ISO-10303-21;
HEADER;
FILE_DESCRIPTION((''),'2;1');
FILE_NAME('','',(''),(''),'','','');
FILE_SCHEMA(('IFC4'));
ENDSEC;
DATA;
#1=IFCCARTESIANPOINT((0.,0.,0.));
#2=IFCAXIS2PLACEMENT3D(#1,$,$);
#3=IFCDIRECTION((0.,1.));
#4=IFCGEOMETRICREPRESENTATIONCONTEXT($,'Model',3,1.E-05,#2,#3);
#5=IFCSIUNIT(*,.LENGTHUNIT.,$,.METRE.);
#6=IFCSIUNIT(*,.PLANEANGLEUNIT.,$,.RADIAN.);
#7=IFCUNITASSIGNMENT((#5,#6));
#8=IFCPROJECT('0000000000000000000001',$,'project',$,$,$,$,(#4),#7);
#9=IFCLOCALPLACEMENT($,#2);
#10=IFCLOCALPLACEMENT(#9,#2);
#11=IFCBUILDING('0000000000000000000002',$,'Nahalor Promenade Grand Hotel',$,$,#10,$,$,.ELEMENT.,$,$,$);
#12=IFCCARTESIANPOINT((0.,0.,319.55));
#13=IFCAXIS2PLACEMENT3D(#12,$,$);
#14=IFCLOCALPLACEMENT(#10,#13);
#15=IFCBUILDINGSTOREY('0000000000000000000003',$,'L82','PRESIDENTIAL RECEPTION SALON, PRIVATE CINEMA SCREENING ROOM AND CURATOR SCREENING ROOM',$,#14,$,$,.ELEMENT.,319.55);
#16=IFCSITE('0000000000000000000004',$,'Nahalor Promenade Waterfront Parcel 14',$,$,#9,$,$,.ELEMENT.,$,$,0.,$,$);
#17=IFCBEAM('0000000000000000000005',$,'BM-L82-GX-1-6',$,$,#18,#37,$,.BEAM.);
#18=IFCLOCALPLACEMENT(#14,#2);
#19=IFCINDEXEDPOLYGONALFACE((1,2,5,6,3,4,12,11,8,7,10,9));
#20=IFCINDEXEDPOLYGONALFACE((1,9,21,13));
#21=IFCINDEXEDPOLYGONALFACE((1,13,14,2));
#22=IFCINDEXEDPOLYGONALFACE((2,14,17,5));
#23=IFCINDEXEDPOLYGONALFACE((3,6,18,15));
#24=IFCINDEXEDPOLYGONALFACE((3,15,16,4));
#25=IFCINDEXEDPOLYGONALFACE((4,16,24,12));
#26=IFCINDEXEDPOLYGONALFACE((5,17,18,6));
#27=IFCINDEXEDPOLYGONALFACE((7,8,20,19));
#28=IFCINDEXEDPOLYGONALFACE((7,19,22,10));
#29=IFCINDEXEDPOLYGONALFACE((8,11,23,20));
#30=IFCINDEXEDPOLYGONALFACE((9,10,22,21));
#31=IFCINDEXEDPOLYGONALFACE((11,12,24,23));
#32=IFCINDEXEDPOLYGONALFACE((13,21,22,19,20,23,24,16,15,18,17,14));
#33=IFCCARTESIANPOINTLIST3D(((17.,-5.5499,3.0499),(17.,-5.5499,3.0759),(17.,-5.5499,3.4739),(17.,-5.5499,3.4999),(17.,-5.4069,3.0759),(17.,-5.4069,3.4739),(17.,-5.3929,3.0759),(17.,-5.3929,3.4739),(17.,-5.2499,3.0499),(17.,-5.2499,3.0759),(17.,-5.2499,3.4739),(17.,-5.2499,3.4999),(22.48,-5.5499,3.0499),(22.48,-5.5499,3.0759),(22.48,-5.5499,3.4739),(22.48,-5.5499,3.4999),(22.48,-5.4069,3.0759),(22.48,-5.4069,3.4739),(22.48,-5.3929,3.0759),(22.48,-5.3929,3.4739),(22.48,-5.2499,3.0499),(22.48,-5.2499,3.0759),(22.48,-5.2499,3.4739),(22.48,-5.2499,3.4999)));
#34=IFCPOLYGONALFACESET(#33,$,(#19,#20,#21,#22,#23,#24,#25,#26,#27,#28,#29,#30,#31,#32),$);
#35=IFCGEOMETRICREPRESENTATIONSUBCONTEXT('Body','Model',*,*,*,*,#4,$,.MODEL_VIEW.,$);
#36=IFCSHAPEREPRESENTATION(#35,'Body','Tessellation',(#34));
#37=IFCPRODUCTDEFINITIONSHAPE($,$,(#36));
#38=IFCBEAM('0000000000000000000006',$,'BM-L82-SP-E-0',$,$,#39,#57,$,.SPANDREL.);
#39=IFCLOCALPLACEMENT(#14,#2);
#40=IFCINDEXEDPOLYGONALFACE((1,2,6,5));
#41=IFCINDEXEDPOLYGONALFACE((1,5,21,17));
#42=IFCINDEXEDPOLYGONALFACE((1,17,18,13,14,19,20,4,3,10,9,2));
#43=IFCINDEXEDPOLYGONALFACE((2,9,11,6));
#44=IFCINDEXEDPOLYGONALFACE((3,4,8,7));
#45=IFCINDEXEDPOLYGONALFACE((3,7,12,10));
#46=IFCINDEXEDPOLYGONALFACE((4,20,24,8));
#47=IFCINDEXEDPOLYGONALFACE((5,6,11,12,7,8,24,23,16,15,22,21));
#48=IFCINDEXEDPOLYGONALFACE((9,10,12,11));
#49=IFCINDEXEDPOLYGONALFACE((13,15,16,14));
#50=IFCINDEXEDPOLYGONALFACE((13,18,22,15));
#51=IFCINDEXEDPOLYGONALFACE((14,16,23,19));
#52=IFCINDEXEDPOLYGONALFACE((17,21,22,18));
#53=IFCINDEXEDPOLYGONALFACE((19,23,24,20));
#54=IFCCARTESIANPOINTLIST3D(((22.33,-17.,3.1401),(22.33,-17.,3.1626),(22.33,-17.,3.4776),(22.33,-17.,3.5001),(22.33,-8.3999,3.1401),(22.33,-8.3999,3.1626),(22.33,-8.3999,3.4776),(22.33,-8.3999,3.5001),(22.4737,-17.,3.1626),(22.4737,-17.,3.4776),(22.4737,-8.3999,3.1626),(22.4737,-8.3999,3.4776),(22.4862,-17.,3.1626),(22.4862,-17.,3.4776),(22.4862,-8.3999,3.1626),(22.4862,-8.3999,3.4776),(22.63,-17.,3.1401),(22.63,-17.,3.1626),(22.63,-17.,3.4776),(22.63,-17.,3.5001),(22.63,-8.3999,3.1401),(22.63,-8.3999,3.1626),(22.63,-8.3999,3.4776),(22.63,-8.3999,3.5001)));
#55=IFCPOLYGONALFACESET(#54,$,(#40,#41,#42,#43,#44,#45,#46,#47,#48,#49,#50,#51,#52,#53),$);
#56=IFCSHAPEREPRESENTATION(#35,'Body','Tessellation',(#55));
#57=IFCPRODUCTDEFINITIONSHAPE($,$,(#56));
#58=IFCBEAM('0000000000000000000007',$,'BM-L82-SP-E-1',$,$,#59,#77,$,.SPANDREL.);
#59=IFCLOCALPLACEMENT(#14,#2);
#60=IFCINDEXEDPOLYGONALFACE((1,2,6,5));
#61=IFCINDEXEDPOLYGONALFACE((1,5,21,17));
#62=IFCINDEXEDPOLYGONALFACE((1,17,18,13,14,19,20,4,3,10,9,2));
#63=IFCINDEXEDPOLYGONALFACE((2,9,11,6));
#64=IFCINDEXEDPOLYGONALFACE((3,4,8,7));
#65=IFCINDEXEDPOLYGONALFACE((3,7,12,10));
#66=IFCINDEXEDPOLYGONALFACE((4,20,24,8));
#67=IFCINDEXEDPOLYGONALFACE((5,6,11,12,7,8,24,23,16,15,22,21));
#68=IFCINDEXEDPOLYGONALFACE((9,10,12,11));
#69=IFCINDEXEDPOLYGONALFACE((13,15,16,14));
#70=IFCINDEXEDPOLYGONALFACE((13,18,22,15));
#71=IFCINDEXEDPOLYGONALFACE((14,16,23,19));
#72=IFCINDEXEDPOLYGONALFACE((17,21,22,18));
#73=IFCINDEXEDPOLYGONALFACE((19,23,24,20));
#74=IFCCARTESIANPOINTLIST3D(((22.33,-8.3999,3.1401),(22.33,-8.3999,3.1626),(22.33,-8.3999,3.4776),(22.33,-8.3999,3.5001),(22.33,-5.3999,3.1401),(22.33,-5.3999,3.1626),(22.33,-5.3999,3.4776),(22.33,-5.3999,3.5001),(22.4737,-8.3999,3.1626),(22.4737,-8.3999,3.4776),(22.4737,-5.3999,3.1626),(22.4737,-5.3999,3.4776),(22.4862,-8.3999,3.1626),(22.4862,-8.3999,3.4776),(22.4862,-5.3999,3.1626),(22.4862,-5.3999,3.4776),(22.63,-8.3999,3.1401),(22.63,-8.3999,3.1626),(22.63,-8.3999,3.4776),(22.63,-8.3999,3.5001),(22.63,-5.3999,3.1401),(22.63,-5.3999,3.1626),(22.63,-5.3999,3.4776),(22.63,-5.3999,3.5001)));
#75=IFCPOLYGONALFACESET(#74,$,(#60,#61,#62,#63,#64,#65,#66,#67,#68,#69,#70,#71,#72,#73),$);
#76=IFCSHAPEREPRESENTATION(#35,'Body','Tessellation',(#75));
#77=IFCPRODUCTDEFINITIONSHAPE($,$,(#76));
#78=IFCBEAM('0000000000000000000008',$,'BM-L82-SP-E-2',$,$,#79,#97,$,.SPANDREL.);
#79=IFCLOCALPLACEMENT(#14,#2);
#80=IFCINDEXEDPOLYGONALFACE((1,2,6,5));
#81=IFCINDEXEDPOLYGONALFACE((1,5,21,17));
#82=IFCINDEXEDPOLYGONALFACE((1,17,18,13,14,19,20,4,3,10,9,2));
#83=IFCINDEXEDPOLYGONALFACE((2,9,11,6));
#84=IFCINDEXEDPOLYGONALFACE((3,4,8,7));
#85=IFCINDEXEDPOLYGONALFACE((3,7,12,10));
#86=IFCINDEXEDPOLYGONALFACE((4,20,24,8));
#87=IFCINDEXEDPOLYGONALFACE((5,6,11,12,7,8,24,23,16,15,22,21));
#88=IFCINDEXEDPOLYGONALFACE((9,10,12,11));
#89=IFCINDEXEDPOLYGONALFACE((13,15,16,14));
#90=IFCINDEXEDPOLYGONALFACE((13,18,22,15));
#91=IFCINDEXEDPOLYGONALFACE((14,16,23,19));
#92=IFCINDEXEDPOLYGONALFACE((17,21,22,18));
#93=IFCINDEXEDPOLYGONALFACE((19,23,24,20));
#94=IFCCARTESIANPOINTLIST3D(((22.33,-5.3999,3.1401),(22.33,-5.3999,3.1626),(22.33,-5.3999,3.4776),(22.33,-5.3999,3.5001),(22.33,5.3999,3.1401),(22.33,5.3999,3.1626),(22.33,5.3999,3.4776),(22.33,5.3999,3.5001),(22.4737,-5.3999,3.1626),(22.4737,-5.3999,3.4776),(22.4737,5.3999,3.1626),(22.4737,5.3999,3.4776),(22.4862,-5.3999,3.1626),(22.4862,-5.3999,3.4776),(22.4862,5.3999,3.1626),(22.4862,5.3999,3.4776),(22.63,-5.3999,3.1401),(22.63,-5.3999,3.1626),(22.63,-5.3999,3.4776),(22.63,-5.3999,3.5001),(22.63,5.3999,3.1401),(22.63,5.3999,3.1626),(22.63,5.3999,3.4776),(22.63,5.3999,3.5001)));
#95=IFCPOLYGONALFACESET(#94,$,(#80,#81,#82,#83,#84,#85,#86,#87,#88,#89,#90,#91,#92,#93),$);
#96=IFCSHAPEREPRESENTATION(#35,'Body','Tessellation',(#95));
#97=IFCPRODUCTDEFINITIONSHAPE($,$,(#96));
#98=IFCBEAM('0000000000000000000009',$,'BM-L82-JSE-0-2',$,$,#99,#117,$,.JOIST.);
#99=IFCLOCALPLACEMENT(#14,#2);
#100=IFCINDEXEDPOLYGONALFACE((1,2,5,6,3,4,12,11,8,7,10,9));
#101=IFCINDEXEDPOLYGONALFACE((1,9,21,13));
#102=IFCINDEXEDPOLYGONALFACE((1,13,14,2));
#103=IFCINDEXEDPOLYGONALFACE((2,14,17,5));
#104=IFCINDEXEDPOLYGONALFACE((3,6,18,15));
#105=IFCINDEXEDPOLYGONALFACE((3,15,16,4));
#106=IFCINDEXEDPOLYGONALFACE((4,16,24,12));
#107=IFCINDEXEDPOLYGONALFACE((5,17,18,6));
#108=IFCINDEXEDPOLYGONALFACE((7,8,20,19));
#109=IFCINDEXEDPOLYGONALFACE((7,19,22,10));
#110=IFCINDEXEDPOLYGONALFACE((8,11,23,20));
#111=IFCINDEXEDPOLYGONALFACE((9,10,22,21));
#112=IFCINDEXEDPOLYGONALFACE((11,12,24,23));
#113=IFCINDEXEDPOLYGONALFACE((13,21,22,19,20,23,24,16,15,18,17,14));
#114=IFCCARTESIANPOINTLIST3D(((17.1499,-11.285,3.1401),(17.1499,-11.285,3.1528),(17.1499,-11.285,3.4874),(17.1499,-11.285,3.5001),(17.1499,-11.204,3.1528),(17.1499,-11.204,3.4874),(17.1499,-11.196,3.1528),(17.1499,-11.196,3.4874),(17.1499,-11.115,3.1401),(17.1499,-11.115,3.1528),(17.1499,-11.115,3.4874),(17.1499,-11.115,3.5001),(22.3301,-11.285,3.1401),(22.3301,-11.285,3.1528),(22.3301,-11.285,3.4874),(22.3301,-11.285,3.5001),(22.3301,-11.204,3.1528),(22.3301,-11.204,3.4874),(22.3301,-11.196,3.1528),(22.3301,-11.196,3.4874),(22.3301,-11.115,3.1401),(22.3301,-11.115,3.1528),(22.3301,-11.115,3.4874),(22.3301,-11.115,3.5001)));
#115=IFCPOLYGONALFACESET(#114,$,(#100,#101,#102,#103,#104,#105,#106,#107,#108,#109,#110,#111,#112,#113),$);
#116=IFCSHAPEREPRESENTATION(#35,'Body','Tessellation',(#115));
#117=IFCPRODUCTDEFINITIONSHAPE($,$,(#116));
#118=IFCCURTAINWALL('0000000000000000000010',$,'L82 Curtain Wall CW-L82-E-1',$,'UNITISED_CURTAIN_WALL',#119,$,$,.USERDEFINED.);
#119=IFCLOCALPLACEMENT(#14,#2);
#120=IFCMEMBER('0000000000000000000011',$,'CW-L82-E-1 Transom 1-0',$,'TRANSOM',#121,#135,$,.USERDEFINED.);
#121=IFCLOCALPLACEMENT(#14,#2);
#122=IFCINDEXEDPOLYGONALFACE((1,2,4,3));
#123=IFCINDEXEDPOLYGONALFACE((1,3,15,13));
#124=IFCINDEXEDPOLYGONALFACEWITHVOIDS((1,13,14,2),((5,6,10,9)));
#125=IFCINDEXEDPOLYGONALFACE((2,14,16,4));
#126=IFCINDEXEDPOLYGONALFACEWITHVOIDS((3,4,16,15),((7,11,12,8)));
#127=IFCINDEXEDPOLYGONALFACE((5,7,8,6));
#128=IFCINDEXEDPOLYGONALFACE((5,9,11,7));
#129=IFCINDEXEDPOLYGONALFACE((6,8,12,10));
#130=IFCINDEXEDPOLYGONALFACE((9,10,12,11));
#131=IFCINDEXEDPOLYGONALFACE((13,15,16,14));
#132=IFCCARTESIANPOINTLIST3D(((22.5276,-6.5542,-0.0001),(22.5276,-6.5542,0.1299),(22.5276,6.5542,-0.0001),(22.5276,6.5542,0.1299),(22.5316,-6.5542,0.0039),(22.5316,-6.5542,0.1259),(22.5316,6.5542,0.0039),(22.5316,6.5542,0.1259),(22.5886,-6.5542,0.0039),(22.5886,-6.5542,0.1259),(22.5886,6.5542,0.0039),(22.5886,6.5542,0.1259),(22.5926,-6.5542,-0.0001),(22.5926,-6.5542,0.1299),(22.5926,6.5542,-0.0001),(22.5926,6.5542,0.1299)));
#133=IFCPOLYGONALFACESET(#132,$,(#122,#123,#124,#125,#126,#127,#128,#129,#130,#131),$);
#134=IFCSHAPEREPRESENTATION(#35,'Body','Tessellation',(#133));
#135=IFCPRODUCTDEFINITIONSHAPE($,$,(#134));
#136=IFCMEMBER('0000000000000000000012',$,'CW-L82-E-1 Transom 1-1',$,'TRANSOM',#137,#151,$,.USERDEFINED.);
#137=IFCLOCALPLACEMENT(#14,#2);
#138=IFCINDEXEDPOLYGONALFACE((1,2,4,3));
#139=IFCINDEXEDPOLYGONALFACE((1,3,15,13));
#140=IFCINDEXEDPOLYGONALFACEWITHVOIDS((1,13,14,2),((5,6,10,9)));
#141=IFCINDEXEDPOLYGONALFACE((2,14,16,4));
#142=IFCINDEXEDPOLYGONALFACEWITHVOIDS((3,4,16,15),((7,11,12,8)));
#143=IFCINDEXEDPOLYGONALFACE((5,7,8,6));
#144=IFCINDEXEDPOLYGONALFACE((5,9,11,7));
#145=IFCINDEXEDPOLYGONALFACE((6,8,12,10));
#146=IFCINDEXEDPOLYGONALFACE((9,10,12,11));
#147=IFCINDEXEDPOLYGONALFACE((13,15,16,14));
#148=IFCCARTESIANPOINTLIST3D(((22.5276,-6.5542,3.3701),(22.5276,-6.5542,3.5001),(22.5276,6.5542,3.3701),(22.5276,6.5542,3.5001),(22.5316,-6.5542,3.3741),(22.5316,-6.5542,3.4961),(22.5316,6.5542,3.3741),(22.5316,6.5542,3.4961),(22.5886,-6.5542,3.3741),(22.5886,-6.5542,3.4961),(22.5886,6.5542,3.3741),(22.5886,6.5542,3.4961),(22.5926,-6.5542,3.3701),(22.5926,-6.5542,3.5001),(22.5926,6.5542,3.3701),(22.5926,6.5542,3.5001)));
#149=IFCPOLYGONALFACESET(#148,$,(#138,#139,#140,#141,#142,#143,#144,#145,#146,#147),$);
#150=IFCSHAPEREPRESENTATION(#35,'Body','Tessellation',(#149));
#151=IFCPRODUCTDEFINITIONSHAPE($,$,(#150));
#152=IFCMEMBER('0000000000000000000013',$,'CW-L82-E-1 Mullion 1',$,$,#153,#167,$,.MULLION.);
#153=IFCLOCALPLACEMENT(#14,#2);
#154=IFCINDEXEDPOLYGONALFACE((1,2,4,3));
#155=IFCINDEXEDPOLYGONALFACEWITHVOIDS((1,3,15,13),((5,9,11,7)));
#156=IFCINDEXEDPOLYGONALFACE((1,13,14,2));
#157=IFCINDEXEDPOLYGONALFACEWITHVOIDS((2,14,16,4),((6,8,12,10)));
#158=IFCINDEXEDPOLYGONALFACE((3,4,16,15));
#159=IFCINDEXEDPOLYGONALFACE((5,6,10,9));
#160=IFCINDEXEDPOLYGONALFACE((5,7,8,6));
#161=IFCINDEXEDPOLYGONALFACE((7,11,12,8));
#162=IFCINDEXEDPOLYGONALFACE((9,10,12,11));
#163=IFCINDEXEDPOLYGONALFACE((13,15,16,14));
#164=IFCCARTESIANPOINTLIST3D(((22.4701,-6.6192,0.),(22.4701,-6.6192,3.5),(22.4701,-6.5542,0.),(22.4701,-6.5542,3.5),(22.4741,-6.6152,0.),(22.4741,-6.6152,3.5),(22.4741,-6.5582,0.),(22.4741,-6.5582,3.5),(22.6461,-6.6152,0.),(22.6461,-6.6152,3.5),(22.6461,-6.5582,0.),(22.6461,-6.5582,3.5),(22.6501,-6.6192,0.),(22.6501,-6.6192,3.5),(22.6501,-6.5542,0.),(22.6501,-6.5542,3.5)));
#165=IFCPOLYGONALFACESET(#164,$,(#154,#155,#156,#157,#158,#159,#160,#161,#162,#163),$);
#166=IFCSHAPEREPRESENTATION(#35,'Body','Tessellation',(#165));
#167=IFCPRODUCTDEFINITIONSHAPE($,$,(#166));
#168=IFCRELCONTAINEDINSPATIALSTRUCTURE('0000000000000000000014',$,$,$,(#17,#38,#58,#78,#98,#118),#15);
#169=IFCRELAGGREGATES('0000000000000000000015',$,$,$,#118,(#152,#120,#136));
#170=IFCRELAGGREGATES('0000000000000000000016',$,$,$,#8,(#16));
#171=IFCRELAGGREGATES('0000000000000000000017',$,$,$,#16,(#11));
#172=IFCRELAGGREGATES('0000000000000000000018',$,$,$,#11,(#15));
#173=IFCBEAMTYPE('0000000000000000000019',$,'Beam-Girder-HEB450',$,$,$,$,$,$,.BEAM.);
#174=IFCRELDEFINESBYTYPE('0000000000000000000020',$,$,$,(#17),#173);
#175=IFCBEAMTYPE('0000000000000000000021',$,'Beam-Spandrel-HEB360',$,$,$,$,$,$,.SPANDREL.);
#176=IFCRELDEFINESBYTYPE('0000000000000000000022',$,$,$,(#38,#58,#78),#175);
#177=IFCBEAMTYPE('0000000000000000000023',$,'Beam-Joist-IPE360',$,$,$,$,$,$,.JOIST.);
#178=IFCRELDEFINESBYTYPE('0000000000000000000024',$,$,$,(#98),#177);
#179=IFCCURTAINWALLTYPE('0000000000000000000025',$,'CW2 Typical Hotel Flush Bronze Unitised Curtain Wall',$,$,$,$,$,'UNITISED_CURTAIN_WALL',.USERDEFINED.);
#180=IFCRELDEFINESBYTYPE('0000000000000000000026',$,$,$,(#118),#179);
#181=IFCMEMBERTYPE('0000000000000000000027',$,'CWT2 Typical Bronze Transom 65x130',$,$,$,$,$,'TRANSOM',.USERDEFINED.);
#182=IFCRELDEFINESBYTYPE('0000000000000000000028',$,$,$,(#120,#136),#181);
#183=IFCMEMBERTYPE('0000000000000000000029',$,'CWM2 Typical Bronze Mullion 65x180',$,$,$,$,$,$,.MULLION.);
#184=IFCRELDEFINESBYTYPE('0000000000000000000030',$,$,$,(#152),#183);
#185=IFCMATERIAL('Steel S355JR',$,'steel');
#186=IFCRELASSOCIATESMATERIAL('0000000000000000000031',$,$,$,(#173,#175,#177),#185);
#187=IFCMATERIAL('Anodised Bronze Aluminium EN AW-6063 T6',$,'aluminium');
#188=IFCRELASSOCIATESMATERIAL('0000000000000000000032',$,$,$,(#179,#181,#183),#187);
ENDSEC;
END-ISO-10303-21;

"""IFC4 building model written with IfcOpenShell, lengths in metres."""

from ifc_helpers import new_model, si_unit, direction, frame, origin, origin_2d, place, context, subcontext, project, spatial, hollow_rectangle, i_section, extrude, source, transform, mapped, material, material_profile, profile_set, type_object, element, aggregate, save


model = new_model("IFC4")

# Units and contexts
model_context = context("Model", 3, precision=1e-05, world=origin(), true_north=direction((0.0, 1.0)))
body_context = subcontext(model_context, "Body", "Model", "MODEL_VIEW")
ifc_project = project(units=[si_unit("LENGTHUNIT", "METRE"), si_unit("PLANEANGLEUNIT", "RADIAN")], contexts=[model_context])

# Site, building, storey
site_placement = place(None, origin())
site = spatial("IfcSite", under=ifc_project, at=site_placement, Name="Nahalor Promenade Waterfront Parcel 14", CompositionType="ELEMENT", RefElevation=0.0)
building_placement = place(site_placement, origin())
building = spatial("IfcBuilding", under=site, at=building_placement, Name="Nahalor Promenade Grand Hotel", CompositionType="ELEMENT")
storey_placement = place(building_placement, frame((0.0, 0.0, 319.55)))
storey = spatial("IfcBuildingStorey", under=building, at=storey_placement, Name="L82", Description="PRESIDENTIAL RECEPTION SALON, PRIVATE CINEMA SCREENING ROOM AND CURATOR SCREENING ROOM", CompositionType="ELEMENT", Elevation=319.55)

# Shared definitions
ifc_material_1 = material(Name="Steel S355JR", Category="steel")

# Beams
ifc_material_profile_1 = material_profile(ifc_material_1, i_section(OverallWidth=0.3, OverallDepth=0.45, WebThickness=0.014, FlangeThickness=0.026, at=origin_2d()), Name="HEB 450")
ifc_profile_set_1 = profile_set([ifc_material_profile_1], Name="Steel S355JR")
beam_type_1 = type_object("IfcBeamType", Name="Beam-Girder-HEB450", PredefinedType="BEAM", material=ifc_profile_set_1)
shared_shape_1 = source(origin(), body_context, "Body", "SweptSolid", [
    extrude(i_section(OverallWidth=0.3, OverallDepth=0.45, WebThickness=0.014, FlangeThickness=0.026, at=origin_2d()), origin(), (0.0, 0.0, 1.0), 5.48),
])
for number, where, z_axis, x_axis, name in (
    (1, (17.0, -5.3999, 3.2749), (1.0, 0.0, 0.0), (0.0, 1.0, 0.0), "BM-L82-GX-1-6"),
):
    element("IfcBeam", number, at=place(storey_placement, frame(where, z_axis=z_axis, x_axis=x_axis)), inside=storey, type_object=beam_type_1, Name=name, PredefinedType="BEAM", context=body_context, shape_type="MappedRepresentation", body=[
        mapped(shared_shape_1, transform((0.0, 0.0, 0.0), scale=1.0)),
    ])
ifc_material_profile_2 = material_profile(ifc_material_1, i_section(OverallWidth=0.3, OverallDepth=0.36, WebThickness=0.0125, FlangeThickness=0.0225, at=origin_2d()), Name="HEB 360")
ifc_profile_set_2 = profile_set([ifc_material_profile_2], Name="Steel S355JR")
beam_type_2 = type_object("IfcBeamType", Name="Beam-Spandrel-HEB360", PredefinedType="SPANDREL", material=ifc_profile_set_2)
shared_shape_2 = source(origin(), body_context, "Body", "SweptSolid", [
    extrude(i_section(OverallWidth=0.3, OverallDepth=0.36, WebThickness=0.0125, FlangeThickness=0.0225, at=origin_2d()), origin(), (0.0, 0.0, 1.0), 8.6001),
])
beam_1_placement = place(storey_placement, frame((22.48, -17.0, 3.3201), z_axis=(0.0, 1.0, 0.0), x_axis=(-1.0, 0.0, 0.0)))
element("IfcBeam", 2, at=beam_1_placement, inside=storey, type_object=beam_type_2, Name="BM-L82-SP-E-0", PredefinedType="SPANDREL", context=body_context, shape_type="MappedRepresentation", body=[
    mapped(shared_shape_2, transform((0.0, 0.0, 0.0), scale=1.0)),
])
shared_shape_3 = source(origin(), body_context, "Body", "SweptSolid", [
    extrude(i_section(OverallWidth=0.3, OverallDepth=0.36, WebThickness=0.0125, FlangeThickness=0.0225, at=origin_2d()), origin(), (0.0, 0.0, 1.0), 3.0),
])
beam_2_placement = place(storey_placement, frame((22.48, -8.3999, 3.3201), z_axis=(0.0, 1.0, 0.0), x_axis=(-1.0, 0.0, 0.0)))
element("IfcBeam", 3, at=beam_2_placement, inside=storey, type_object=beam_type_2, Name="BM-L82-SP-E-1", PredefinedType="SPANDREL", context=body_context, shape_type="MappedRepresentation", body=[
    mapped(shared_shape_3, transform((0.0, 0.0, 0.0), scale=1.0)),
])
shared_shape_4 = source(origin(), body_context, "Body", "SweptSolid", [
    extrude(i_section(OverallWidth=0.3, OverallDepth=0.36, WebThickness=0.0125, FlangeThickness=0.0225, at=origin_2d()), origin(), (0.0, 0.0, 1.0), 10.7998),
])
beam_3_placement = place(storey_placement, frame((22.48, -5.3999, 3.3201), z_axis=(0.0, 1.0, 0.0), x_axis=(-1.0, 0.0, 0.0)))
element("IfcBeam", 4, at=beam_3_placement, inside=storey, type_object=beam_type_2, Name="BM-L82-SP-E-2", PredefinedType="SPANDREL", context=body_context, shape_type="MappedRepresentation", body=[
    mapped(shared_shape_4, transform((0.0, 0.0, 0.0), scale=1.0)),
])
ifc_material_profile_3 = material_profile(ifc_material_1, i_section(OverallWidth=0.17, OverallDepth=0.36, WebThickness=0.008, FlangeThickness=0.0127, at=origin_2d()), Name="IPE 360")
ifc_profile_set_3 = profile_set([ifc_material_profile_3], Name="Steel S355JR")
beam_type_3 = type_object("IfcBeamType", Name="Beam-Joist-IPE360", PredefinedType="JOIST", material=ifc_profile_set_3)
shared_shape_5 = source(origin(), body_context, "Body", "SweptSolid", [
    extrude(i_section(OverallWidth=0.17, OverallDepth=0.36, WebThickness=0.008, FlangeThickness=0.0127, at=origin_2d()), origin(), (0.0, 0.0, 1.0), 5.1802),
])
beam_4_placement = place(storey_placement, frame((17.1499, -11.2, 3.3201), z_axis=(1.0, 0.0, 0.0), x_axis=(0.0, 1.0, 0.0)))
element("IfcBeam", 5, at=beam_4_placement, inside=storey, type_object=beam_type_3, Name="BM-L82-JSE-0-2", PredefinedType="JOIST", context=body_context, shape_type="MappedRepresentation", body=[
    mapped(shared_shape_5, transform((0.0, 0.0, 0.0), scale=1.0)),
])

# Curtain wall, members
ifc_material_2 = material(Name="Anodised Bronze Aluminium EN AW-6063 T6", Category="aluminium")
curtain_wall_type = type_object("IfcCurtainWallType", Name="CW2 Typical Hotel Flush Bronze Unitised Curtain Wall", ElementType="UNITISED_CURTAIN_WALL", PredefinedType="USERDEFINED", material=ifc_material_2)
curtain_wall_placement = place(storey_placement, origin())
curtain_wall = element("IfcCurtainWall", 6, at=curtain_wall_placement, inside=storey, type_object=curtain_wall_type, Name="L82 Curtain Wall CW-L82-E-1", ObjectType="UNITISED_CURTAIN_WALL", PredefinedType="USERDEFINED")
ifc_material_profile_4 = material_profile(ifc_material_2, hollow_rectangle(XDim=0.065, YDim=0.13, WallThickness=0.004, at=origin_2d()), Name="CWT 65x130x4")
ifc_profile_set_4 = profile_set([ifc_material_profile_4], Name="Anodised Bronze Aluminium EN AW-6063 T6")
member_type_1 = type_object("IfcMemberType", Name="CWT2 Typical Bronze Transom 65x130", ElementType="TRANSOM", PredefinedType="USERDEFINED", material=ifc_profile_set_4)
shared_shape_6 = source(origin(), body_context, "Body", "SweptSolid", [
    extrude(hollow_rectangle(XDim=0.065, YDim=0.13, WallThickness=0.004, at=origin_2d()), origin(), (0.0, 0.0, 1.0), 13.1084),
])
member_1_placement = place(storey_placement, frame((22.5601, -6.5542, 0.0649), z_axis=(0.0, 1.0, 0.0), x_axis=(-1.0, 0.0, 0.0)))
member_1 = element("IfcMember", 7, at=member_1_placement, type_object=member_type_1, Name="CW-L82-E-1 Transom 1-0", ObjectType="TRANSOM", PredefinedType="USERDEFINED", context=body_context, shape_type="MappedRepresentation", body=[
    mapped(shared_shape_6, transform((0.0, 0.0, 0.0), scale=1.0)),
])
member_2_placement = place(storey_placement, frame((22.5601, -6.5542, 3.4351), z_axis=(0.0, 1.0, 0.0), x_axis=(-1.0, 0.0, 0.0)))
member_2 = element("IfcMember", 8, at=member_2_placement, type_object=member_type_1, Name="CW-L82-E-1 Transom 1-1", ObjectType="TRANSOM", PredefinedType="USERDEFINED", context=body_context, shape_type="MappedRepresentation", body=[
    mapped(shared_shape_6, transform((0.0, 0.0, 0.0), scale=1.0)),
])
ifc_material_profile_5 = material_profile(ifc_material_2, hollow_rectangle(XDim=0.065, YDim=0.18, WallThickness=0.004, at=origin_2d()), Name="CWM 65x180x4")
ifc_profile_set_5 = profile_set([ifc_material_profile_5], Name="Anodised Bronze Aluminium EN AW-6063 T6")
member_type_2 = type_object("IfcMemberType", Name="CWM2 Typical Bronze Mullion 65x180", PredefinedType="MULLION", material=ifc_profile_set_5)
shared_shape_7 = source(origin(), body_context, "Body", "SweptSolid", [
    extrude(hollow_rectangle(XDim=0.065, YDim=0.18, WallThickness=0.004, at=origin_2d()), origin(), (0.0, 0.0, 1.0), 3.5),
])
member_3_placement = place(storey_placement, frame((22.5601, -6.5867, 0.0), z_axis=(0.0, 0.0, 1.0), x_axis=(0.0, 1.0, 0.0)))
member_3 = element("IfcMember", 9, at=member_3_placement, type_object=member_type_2, Name="CW-L82-E-1 Mullion 1", PredefinedType="MULLION", context=body_context, shape_type="MappedRepresentation", body=[
    mapped(shared_shape_7, transform((0.0, 0.0, 0.0), scale=1.0)),
])
aggregate(curtain_wall, [member_3, member_1, member_2])

save(model, "model.ifc")
